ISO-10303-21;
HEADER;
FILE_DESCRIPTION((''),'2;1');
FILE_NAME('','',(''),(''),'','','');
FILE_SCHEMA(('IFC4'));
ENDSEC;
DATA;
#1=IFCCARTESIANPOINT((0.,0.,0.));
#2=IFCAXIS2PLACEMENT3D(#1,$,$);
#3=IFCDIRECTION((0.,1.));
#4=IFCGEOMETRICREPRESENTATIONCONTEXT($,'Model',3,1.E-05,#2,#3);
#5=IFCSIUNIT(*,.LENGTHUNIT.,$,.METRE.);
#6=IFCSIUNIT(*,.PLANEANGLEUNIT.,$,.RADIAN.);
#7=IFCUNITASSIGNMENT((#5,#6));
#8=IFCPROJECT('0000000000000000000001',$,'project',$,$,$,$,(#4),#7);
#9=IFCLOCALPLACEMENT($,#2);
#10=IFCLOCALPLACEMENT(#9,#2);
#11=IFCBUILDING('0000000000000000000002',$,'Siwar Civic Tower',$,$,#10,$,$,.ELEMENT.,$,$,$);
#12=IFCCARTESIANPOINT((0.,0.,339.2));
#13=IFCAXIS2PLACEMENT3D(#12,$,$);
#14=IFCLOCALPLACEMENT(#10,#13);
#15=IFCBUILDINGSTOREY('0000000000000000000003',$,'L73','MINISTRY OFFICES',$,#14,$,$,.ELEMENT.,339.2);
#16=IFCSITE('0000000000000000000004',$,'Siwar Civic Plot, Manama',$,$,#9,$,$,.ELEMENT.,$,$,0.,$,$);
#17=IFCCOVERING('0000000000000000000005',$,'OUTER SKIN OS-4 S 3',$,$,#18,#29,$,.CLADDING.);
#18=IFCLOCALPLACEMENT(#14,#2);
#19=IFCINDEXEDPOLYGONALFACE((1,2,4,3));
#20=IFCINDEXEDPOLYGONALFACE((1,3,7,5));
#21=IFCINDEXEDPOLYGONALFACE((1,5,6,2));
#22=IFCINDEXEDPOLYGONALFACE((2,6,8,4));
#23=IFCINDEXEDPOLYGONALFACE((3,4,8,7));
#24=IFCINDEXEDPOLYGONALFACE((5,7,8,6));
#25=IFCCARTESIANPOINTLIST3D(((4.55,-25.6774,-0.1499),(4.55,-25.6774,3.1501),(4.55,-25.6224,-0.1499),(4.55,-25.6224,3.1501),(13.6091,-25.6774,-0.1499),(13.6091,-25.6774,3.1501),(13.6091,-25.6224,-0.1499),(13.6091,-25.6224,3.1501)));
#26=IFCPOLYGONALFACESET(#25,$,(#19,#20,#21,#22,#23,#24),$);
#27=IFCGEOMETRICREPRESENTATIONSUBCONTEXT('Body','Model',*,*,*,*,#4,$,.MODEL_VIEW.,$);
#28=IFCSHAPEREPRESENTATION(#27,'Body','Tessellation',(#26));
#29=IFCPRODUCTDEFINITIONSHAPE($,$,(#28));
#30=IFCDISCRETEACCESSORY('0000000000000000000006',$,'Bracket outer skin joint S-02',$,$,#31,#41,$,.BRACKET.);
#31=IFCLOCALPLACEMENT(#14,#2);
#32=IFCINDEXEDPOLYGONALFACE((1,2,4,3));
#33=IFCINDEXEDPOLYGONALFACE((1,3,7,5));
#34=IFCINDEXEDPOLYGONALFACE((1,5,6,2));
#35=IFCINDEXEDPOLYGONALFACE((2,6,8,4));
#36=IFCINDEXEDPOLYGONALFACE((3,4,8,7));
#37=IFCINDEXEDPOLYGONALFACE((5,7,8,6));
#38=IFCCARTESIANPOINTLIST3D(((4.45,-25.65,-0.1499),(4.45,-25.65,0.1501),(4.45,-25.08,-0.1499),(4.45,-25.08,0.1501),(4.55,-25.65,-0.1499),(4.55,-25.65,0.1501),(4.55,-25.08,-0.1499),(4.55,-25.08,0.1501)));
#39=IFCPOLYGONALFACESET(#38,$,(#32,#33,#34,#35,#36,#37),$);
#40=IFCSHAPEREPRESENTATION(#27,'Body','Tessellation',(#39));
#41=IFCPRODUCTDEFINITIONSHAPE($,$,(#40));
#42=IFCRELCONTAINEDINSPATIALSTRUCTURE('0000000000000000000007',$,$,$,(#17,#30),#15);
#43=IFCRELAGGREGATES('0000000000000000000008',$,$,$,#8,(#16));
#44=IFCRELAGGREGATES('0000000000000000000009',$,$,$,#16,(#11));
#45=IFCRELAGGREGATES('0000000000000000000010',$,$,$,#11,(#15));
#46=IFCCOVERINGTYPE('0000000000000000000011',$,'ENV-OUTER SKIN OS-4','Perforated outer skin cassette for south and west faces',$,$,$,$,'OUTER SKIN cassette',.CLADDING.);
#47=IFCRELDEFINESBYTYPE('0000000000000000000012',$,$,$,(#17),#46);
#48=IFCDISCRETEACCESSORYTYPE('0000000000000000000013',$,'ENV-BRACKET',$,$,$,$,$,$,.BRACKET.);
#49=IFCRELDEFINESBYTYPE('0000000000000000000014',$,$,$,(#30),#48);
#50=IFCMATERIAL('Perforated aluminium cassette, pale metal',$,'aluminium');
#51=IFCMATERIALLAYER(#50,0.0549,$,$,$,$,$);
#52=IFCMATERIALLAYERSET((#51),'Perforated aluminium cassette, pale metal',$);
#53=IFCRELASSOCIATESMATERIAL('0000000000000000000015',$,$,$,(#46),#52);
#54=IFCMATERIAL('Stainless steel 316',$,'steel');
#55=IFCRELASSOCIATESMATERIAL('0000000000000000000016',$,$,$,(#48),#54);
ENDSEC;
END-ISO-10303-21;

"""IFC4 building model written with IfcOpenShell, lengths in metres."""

from ifc_helpers import new_model, si_unit, direction, frame, origin, origin_2d, place, context, subcontext, project, spatial, rectangle, extrude, material, layer, layer_set, type_object, element, save


model = new_model("IFC4")

# Units and contexts
model_context = context("Model", 3, precision=1e-05, world=origin(), true_north=direction((0.0, 1.0)))
body_context = subcontext(model_context, "Body", "Model", "MODEL_VIEW")
ifc_project = project(units=[si_unit("LENGTHUNIT", "METRE"), si_unit("PLANEANGLEUNIT", "RADIAN")], contexts=[model_context])

# Site, building, storey
site_placement = place(None, origin())
site = spatial("IfcSite", under=ifc_project, at=site_placement, Name="Siwar Civic Plot, Manama", CompositionType="ELEMENT", RefElevation=0.0)
building_placement = place(site_placement, origin())
building = spatial("IfcBuilding", under=site, at=building_placement, Name="Siwar Civic Tower", CompositionType="ELEMENT")
storey_placement = place(building_placement, frame((0.0, 0.0, 339.2)))
storey = spatial("IfcBuildingStorey", under=building, at=storey_placement, Name="L73", Description="MINISTRY OFFICES", CompositionType="ELEMENT", Elevation=339.2)

# Covering
ifc_material_1 = material(Name="Perforated aluminium cassette, pale metal", Category="aluminium")
ifc_layer_1 = layer(ifc_material_1, 0.0549)
ifc_layer_set_1 = layer_set([ifc_layer_1], Name="Perforated aluminium cassette, pale metal")
covering_type = type_object("IfcCoveringType", Name="ENV-OUTER SKIN OS-4", Description="Perforated outer skin cassette for south and west faces", ElementType="OUTER SKIN cassette", PredefinedType="CLADDING", material=ifc_layer_set_1)
covering_1_placement = place(storey_placement, frame((9.0796, -25.6499, -0.1499), z_axis=(0.0, 0.0, 1.0), x_axis=(1.0, 0.0, 0.0)))
element("IfcCovering", 1, at=covering_1_placement, inside=storey, type_object=covering_type, Name="OUTER SKIN OS-4 S 3", PredefinedType="CLADDING", context=body_context, shape_type="SweptSolid", body=[
    extrude(rectangle(XDim=9.0591, YDim=0.0549, at=origin_2d()), origin(), (0.0, 0.0, 1.0), 3.3),
])

# Discrete accessory
ifc_material_2 = material(Name="Stainless steel 316", Category="steel")
discrete_accessory_type = type_object("IfcDiscreteAccessoryType", Name="ENV-BRACKET", PredefinedType="BRACKET", material=ifc_material_2)
discrete_accessory_placement = place(storey_placement, frame((4.5, -25.365, -0.1499), z_axis=(0.0, 0.0, 1.0), x_axis=(0.0, -1.0, 0.0)))
element("IfcDiscreteAccessory", 2, at=discrete_accessory_placement, inside=storey, type_object=discrete_accessory_type, Name="Bracket outer skin joint S-02", PredefinedType="BRACKET", context=body_context, shape_type="SweptSolid", body=[
    extrude(rectangle(XDim=0.5701, YDim=0.1001, at=origin_2d()), origin(), (0.0, 0.0, 1.0), 0.3),
])

save(model, "model.ifc")
